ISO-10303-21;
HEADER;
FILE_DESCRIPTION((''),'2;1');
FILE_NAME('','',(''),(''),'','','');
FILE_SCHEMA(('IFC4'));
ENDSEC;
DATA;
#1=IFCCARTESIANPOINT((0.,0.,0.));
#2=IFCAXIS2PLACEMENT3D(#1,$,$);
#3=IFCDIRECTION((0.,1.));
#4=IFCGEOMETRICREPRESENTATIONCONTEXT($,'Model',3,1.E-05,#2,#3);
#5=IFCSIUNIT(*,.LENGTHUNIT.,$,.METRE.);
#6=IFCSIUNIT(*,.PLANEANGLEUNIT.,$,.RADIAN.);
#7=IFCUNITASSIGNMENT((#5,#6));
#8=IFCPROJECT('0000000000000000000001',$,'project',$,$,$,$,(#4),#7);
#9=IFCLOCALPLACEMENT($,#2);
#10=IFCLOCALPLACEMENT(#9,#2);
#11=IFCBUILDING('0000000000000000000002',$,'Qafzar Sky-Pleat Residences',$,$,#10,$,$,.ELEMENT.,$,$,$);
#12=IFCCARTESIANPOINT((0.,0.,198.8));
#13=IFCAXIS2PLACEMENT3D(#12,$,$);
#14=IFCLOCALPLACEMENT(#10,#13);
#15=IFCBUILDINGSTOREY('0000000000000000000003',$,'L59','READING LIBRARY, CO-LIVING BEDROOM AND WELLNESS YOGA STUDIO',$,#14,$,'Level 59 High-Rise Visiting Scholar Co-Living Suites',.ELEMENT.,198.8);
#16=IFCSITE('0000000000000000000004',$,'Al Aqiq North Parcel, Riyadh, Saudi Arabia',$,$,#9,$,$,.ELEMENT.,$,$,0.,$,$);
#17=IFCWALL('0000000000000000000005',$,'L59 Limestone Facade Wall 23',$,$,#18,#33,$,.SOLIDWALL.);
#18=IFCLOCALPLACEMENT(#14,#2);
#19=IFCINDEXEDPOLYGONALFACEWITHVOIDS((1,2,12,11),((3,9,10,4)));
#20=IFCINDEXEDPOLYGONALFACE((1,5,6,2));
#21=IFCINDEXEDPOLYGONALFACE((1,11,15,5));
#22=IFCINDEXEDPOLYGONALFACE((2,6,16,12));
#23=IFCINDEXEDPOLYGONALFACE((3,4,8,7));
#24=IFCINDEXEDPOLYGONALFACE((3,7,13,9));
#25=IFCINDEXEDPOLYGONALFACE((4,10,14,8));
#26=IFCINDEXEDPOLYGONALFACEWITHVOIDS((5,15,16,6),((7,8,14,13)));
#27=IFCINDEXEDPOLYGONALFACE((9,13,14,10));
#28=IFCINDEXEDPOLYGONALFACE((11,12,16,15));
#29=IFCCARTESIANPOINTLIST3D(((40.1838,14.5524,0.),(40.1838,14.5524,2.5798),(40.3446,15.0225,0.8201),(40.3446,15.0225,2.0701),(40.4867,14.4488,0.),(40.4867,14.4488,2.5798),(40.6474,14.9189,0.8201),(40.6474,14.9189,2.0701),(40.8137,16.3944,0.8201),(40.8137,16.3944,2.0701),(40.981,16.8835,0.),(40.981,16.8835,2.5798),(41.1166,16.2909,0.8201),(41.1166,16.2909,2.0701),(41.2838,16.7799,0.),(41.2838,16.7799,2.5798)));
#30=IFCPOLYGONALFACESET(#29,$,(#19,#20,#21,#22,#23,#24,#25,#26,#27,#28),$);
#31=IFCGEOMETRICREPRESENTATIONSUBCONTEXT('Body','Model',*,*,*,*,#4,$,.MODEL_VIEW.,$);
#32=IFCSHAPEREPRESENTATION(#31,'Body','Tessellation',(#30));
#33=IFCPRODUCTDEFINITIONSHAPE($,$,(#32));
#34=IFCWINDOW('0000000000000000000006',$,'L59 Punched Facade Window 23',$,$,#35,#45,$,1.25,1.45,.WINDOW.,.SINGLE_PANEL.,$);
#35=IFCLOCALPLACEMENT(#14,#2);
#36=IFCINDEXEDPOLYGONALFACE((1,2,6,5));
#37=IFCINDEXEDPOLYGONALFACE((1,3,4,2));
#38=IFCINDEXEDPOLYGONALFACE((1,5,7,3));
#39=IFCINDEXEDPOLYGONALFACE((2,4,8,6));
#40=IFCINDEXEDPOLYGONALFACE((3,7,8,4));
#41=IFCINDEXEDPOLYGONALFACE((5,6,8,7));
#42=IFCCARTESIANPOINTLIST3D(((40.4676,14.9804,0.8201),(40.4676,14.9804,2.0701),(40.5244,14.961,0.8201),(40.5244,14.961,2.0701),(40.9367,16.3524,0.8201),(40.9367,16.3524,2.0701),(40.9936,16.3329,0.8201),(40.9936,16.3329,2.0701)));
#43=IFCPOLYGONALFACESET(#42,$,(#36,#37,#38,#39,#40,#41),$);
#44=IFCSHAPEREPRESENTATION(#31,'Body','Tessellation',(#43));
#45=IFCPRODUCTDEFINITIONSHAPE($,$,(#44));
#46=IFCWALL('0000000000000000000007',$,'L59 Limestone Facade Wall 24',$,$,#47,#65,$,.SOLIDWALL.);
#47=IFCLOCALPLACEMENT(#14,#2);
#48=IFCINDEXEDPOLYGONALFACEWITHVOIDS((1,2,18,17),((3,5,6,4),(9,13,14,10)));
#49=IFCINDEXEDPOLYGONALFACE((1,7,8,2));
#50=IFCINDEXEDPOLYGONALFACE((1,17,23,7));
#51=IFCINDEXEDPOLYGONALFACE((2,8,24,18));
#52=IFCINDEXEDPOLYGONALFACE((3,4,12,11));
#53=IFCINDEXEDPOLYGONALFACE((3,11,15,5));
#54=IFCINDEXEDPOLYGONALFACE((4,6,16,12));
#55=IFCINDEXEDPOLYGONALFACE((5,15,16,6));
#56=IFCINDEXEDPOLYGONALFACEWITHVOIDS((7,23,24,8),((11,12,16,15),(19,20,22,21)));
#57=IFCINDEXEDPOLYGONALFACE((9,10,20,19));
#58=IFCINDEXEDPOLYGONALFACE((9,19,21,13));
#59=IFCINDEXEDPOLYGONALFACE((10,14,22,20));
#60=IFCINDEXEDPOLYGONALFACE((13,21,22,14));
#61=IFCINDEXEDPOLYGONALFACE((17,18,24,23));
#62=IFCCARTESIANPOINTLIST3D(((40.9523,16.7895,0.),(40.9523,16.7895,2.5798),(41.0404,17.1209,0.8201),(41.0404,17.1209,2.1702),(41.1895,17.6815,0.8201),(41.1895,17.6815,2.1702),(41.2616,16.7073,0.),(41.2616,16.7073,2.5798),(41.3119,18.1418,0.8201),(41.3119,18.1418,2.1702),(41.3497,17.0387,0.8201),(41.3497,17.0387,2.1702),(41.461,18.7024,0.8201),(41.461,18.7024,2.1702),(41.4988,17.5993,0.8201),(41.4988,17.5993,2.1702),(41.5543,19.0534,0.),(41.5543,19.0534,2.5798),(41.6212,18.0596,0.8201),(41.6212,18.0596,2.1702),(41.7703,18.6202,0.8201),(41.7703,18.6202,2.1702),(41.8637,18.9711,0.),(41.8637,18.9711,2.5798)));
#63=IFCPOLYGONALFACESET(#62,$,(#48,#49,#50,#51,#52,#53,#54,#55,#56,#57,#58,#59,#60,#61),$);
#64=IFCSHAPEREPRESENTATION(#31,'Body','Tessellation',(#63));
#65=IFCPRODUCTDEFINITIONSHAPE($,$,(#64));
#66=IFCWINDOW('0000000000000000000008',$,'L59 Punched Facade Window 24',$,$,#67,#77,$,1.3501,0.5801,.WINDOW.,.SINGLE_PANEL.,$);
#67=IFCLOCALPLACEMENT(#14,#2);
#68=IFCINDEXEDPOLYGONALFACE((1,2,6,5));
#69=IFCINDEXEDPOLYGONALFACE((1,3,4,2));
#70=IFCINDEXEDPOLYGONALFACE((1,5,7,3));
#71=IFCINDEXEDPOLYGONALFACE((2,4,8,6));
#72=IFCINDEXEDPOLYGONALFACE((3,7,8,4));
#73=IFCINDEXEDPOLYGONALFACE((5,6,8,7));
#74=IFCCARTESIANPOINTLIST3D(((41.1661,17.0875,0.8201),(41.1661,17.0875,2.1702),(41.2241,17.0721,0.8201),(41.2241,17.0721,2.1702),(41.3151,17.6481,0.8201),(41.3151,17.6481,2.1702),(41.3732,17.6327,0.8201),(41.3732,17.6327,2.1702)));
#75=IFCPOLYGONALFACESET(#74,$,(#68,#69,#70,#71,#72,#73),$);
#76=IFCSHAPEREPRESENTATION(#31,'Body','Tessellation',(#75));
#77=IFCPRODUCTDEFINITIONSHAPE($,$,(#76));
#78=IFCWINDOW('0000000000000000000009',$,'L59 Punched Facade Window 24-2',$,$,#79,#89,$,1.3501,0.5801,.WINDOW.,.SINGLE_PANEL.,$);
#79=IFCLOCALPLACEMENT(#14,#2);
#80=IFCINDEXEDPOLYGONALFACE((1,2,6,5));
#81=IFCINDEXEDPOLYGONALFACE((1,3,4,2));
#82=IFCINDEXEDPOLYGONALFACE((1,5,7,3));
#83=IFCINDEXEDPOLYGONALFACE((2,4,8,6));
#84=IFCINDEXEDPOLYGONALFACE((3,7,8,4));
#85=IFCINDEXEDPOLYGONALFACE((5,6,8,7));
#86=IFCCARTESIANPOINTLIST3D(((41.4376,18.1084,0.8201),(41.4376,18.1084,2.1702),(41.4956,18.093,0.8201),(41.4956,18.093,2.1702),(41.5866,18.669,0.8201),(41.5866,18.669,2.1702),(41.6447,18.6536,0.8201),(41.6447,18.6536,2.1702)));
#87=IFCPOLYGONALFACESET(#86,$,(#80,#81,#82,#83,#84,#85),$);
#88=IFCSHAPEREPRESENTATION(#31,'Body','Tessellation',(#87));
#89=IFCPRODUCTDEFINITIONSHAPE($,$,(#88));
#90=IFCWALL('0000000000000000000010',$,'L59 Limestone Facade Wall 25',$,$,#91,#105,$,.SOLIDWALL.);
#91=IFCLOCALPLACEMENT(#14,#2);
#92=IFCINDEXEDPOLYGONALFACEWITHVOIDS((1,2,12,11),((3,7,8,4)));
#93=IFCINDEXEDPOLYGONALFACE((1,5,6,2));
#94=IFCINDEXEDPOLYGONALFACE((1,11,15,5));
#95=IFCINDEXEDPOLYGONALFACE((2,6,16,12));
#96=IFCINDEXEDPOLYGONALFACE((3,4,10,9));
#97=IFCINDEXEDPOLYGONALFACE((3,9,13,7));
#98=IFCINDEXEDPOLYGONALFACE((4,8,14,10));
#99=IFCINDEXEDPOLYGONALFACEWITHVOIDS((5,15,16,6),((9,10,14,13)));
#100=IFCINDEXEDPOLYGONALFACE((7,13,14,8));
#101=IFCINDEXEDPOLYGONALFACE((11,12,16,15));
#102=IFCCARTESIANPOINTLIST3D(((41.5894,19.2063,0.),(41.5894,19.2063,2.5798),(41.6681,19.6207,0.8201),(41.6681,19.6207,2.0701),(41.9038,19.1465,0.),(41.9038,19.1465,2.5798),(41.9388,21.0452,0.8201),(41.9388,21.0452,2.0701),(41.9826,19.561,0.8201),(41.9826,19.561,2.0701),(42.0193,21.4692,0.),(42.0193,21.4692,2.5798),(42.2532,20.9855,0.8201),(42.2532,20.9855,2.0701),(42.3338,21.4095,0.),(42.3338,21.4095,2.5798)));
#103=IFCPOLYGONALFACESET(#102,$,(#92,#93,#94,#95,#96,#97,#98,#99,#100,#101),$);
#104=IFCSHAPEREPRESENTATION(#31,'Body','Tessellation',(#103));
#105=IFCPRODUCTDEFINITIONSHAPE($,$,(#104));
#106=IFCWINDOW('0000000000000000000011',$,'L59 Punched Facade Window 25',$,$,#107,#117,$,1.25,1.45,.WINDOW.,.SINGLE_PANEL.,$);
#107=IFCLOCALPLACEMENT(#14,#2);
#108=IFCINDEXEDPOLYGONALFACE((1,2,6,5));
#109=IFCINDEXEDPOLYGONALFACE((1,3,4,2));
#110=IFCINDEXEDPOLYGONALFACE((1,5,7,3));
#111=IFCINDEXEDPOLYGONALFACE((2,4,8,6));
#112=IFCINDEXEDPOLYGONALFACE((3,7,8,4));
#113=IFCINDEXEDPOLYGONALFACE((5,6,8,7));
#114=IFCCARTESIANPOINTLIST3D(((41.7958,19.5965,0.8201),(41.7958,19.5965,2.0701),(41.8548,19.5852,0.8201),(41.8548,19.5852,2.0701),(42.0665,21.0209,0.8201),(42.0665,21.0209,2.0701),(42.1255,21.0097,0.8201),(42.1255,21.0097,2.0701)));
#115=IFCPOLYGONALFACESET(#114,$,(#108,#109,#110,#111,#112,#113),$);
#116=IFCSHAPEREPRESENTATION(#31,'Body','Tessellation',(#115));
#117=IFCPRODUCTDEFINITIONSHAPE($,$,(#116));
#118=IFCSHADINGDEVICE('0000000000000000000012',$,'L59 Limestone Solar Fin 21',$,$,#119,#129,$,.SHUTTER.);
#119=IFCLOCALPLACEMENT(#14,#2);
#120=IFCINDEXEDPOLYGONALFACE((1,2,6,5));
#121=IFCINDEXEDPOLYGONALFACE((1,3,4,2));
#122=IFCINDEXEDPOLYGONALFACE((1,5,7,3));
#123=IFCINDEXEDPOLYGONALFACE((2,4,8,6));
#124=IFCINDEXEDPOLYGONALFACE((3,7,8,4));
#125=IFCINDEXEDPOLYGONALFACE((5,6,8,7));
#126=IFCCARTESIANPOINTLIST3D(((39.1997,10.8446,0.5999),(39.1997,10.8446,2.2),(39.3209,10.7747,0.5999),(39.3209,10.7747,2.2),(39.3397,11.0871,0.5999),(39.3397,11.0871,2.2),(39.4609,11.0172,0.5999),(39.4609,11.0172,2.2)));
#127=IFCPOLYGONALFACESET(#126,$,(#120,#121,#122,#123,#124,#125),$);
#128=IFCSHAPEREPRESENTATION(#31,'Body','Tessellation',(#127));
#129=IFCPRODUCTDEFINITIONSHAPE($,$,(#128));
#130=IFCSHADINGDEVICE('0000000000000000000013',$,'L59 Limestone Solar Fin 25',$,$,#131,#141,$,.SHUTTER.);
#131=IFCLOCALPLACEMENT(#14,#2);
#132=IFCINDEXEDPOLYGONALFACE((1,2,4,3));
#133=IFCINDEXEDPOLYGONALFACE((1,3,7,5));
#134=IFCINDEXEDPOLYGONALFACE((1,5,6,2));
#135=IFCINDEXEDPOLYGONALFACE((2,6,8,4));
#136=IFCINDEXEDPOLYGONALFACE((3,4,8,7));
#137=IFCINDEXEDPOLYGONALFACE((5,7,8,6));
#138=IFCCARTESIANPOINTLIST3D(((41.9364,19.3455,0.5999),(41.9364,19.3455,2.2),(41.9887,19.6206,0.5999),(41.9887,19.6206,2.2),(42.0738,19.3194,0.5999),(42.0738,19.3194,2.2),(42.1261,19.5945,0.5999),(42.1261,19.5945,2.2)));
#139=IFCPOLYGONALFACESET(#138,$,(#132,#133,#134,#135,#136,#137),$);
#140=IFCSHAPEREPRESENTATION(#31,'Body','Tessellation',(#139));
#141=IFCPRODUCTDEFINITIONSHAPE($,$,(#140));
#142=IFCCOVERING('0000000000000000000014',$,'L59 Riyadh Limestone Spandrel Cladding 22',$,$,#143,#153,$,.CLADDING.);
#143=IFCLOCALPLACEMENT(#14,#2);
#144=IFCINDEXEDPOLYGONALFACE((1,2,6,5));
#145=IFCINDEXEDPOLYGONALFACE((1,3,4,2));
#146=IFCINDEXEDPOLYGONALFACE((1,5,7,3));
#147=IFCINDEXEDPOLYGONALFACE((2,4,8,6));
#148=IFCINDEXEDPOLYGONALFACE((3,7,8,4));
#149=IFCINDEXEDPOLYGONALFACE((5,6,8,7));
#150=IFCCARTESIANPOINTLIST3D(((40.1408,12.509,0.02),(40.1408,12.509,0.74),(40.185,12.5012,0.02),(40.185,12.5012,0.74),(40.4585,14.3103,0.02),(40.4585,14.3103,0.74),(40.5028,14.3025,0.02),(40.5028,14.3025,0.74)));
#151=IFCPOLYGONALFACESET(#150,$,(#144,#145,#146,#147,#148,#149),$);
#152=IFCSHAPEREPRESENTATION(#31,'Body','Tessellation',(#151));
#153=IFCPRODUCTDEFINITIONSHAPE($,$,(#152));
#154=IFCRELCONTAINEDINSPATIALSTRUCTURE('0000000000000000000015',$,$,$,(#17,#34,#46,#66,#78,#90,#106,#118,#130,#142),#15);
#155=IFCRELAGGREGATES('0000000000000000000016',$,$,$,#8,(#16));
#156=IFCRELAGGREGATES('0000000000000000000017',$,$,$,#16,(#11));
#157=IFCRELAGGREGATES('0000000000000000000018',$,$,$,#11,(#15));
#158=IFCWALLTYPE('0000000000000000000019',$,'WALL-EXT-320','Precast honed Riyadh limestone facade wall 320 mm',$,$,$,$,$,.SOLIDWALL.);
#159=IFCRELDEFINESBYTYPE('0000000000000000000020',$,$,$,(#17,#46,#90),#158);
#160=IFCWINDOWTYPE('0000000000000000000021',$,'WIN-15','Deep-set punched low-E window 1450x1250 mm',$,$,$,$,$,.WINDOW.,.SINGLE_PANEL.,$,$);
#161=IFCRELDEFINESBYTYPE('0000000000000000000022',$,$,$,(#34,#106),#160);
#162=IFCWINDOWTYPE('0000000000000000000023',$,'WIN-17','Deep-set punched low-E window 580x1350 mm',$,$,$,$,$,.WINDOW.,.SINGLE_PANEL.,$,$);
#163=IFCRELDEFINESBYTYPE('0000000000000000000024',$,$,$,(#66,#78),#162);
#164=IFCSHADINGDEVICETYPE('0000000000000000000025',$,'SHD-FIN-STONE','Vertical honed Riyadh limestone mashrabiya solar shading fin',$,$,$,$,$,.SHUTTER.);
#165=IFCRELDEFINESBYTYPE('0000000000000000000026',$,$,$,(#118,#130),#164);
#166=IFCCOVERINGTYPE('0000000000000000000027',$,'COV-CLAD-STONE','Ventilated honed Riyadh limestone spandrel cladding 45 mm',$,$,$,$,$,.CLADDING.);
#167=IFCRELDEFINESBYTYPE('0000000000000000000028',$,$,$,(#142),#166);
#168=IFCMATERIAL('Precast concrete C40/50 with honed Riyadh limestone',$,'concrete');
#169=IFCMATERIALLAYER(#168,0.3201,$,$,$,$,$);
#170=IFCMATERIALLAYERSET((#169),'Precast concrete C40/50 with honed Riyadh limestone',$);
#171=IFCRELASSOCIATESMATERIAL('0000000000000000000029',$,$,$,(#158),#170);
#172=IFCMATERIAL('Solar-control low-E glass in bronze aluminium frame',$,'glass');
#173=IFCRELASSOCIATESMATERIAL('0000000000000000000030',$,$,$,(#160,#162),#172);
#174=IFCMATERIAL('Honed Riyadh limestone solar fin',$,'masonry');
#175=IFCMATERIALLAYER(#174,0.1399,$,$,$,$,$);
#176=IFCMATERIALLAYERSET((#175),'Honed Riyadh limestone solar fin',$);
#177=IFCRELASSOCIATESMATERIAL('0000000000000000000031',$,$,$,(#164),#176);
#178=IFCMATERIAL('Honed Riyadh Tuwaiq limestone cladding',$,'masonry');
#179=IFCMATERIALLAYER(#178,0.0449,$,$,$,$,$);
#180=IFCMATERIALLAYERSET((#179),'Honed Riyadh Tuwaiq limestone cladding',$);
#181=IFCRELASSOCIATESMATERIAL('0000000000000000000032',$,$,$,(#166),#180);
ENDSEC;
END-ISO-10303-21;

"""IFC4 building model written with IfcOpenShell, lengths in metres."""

from ifc_helpers import new_model, si_unit, direction, frame, frame_2d, origin, origin_2d, place, context, subcontext, project, spatial, rectangle, extrude, source, transform, mapped, material, layer, layer_set, type_object, element, fill, save


model = new_model("IFC4")

# Units and contexts
model_context = context("Model", 3, precision=1e-05, world=origin(), true_north=direction((0.0, 1.0)))
body_context = subcontext(model_context, "Body", "Model", "MODEL_VIEW")
ifc_project = project(units=[si_unit("LENGTHUNIT", "METRE"), si_unit("PLANEANGLEUNIT", "RADIAN")], contexts=[model_context])

# Site, building, storey
site_placement = place(None, origin())
site = spatial("IfcSite", under=ifc_project, at=site_placement, Name="Al Aqiq North Parcel, Riyadh, Saudi Arabia", CompositionType="ELEMENT", RefElevation=0.0)
building_placement = place(site_placement, origin())
building = spatial("IfcBuilding", under=site, at=building_placement, Name="Qafzar Sky-Pleat Residences", CompositionType="ELEMENT")
storey_placement = place(building_placement, frame((0.0, 0.0, 198.8)))
storey = spatial("IfcBuildingStorey", under=building, at=storey_placement, Name="L59", Description="READING LIBRARY, CO-LIVING BEDROOM AND WELLNESS YOGA STUDIO", LongName="Level 59 High-Rise Visiting Scholar Co-Living Suites", CompositionType="ELEMENT", Elevation=198.8)

# Wall, opening, window
ifc_material_1 = material(Name="Precast concrete C40/50 with honed Riyadh limestone", Category="concrete")
ifc_layer_1 = layer(ifc_material_1, 0.3201)
ifc_layer_set_1 = layer_set([ifc_layer_1], Name="Precast concrete C40/50 with honed Riyadh limestone")
wall_type_1 = type_object("IfcWallType", Name="WALL-EXT-320", Description="Precast honed Riyadh limestone facade wall 320 mm", PredefinedType="SOLIDWALL", material=ifc_layer_set_1)
ifc_material_2 = material(Name="Solar-control low-E glass in bronze aluminium frame", Category="glass")
wall_1_placement = place(storey_placement, frame((40.3352, 14.5005, 0.0), z_axis=(0.0, 0.0, 1.0), x_axis=(0.323562, 0.946207, 0.0)))
wall_1 = element("IfcWall", 1, at=wall_1_placement, inside=storey, type_object=wall_type_1, Name="L59 Limestone Facade Wall 23", PredefinedType="SOLIDWALL", context=body_context, shape_type="SweptSolid", body=[
    extrude(rectangle(XDim=2.4636, YDim=0.3201, at=frame_2d((1.2319, 0.0))), origin(), (0.0, 0.0, 1.0), 2.5798),
])
opening_1_placement = place(wall_1_placement, frame((0.4968, 0.0, 0.8201)))
opening_1 = element("IfcOpeningElement", 2, at=opening_1_placement, cuts=wall_1, PredefinedType="OPENING", context=body_context, shape_type="SweptSolid", body=[
    extrude(rectangle(XDim=1.45, YDim=1.25, at=frame_2d((0.7251, 0.625))), frame((0.0, 0.1699, 0.0), z_axis=(0.0, -1.0, 0.0), x_axis=(1.0, 0.0, 0.0)), (0.0, 0.0, 1.0), 0.3401),
])
window_type_1 = type_object("IfcWindowType", Name="WIN-15", Description="Deep-set punched low-E window 1450x1250 mm", PartitioningType="SINGLE_PANEL", PredefinedType="WINDOW", material=ifc_material_2)
shared_shape_1 = source(origin(), body_context, "Body", "SweptSolid", [
    extrude(rectangle(XDim=1.45, YDim=1.25, at=frame_2d((0.7251, 0.625))), frame((0.0, 0.03, 0.0), z_axis=(0.0, -1.0, 0.0), x_axis=(1.0, 0.0, 0.0)), (0.0, 0.0, 1.0), 0.0601),
])
window_1_placement = place(opening_1_placement, origin())
window_1 = element("IfcWindow", 3, at=window_1_placement, inside=storey, type_object=window_type_1, Name="L59 Punched Facade Window 23", OverallHeight=1.25, OverallWidth=1.45, PartitioningType="SINGLE_PANEL", PredefinedType="WINDOW", context=body_context, shape_type="MappedRepresentation", body=[
    mapped(shared_shape_1, transform((0.0, 0.0, 0.0), x_axis=(1.0, 0.0, 0.0), y_axis=(0.0, 1.0, 0.0), z_axis=(0.0, 0.0, 1.0), scale=1.0)),
])
fill(opening_1, window_1)

# Wall, openings, windows
wall_2_placement = place(storey_placement, frame((41.1069, 16.7483, 0.0), z_axis=(0.0, 0.0, 1.0), x_axis=(0.257001, 0.966411, 0.0)))
wall_2 = element("IfcWall", 4, at=wall_2_placement, inside=storey, type_object=wall_type_1, Name="L59 Limestone Facade Wall 24", PredefinedType="SOLIDWALL", context=body_context, shape_type="SweptSolid", body=[
    extrude(rectangle(XDim=2.3425, YDim=0.3201, at=frame_2d((1.1714, 0.0))), origin(), (0.0, 0.0, 1.0), 2.5798),
])
opening_2_placement = place(wall_2_placement, frame((0.343, 0.0, 0.8201)))
opening_2 = element("IfcOpeningElement", 5, at=opening_2_placement, cuts=wall_2, PredefinedType="OPENING", context=body_context, shape_type="SweptSolid", body=[
    extrude(rectangle(XDim=0.5801, YDim=1.3501, at=frame_2d((0.29, 0.675))), frame((0.0, 0.1699, 0.0), z_axis=(0.0, -1.0, 0.0), x_axis=(1.0, 0.0, 0.0)), (0.0, 0.0, 1.0), 0.3401),
])
opening_3_placement = place(wall_2_placement, frame((1.3994, 0.0, 0.8201)))
opening_3 = element("IfcOpeningElement", 6, at=opening_3_placement, cuts=wall_2, PredefinedType="OPENING", context=body_context, shape_type="SweptSolid", body=[
    extrude(rectangle(XDim=0.5801, YDim=1.3501, at=frame_2d((0.29, 0.675))), frame((0.0, 0.1699, 0.0), z_axis=(0.0, -1.0, 0.0), x_axis=(1.0, 0.0, 0.0)), (0.0, 0.0, 1.0), 0.3401),
])
window_type_2 = type_object("IfcWindowType", Name="WIN-17", Description="Deep-set punched low-E window 580x1350 mm", PartitioningType="SINGLE_PANEL", PredefinedType="WINDOW", material=ifc_material_2)
shared_shape_2 = source(origin(), body_context, "Body", "SweptSolid", [
    extrude(rectangle(XDim=0.5801, YDim=1.3501, at=frame_2d((0.29, 0.675))), frame((0.0, 0.03, 0.0), z_axis=(0.0, -1.0, 0.0), x_axis=(1.0, 0.0, 0.0)), (0.0, 0.0, 1.0), 0.0601),
])
window_2_placement = place(opening_2_placement, origin())
window_2 = element("IfcWindow", 7, at=window_2_placement, inside=storey, type_object=window_type_2, Name="L59 Punched Facade Window 24", OverallHeight=1.3501, OverallWidth=0.5801, PartitioningType="SINGLE_PANEL", PredefinedType="WINDOW", context=body_context, shape_type="MappedRepresentation", body=[
    mapped(shared_shape_2, transform((0.0, 0.0, 0.0), x_axis=(1.0, 0.0, 0.0), y_axis=(0.0, 1.0, 0.0), z_axis=(0.0, 0.0, 1.0), scale=1.0)),
])
fill(opening_2, window_2)
window_3_placement = place(opening_3_placement, origin())
window_3 = element("IfcWindow", 8, at=window_3_placement, inside=storey, type_object=window_type_2, Name="L59 Punched Facade Window 24-2", OverallHeight=1.3501, OverallWidth=0.5801, PartitioningType="SINGLE_PANEL", PredefinedType="WINDOW", context=body_context, shape_type="MappedRepresentation", body=[
    mapped(shared_shape_2, transform((0.0, 0.0, 0.0), x_axis=(1.0, 0.0, 0.0), y_axis=(0.0, 1.0, 0.0), z_axis=(0.0, 0.0, 1.0), scale=1.0)),
])
fill(opening_3, window_3)

# Wall, opening, window
wall_3_placement = place(storey_placement, frame((41.7466, 19.1763, 0.0), z_axis=(0.0, 0.0, 1.0), x_axis=(0.186649, 0.982427, 0.0)))
wall_3 = element("IfcWall", 9, at=wall_3_placement, inside=storey, type_object=wall_type_1, Name="L59 Limestone Facade Wall 25", PredefinedType="SOLIDWALL", context=body_context, shape_type="SweptSolid", body=[
    extrude(rectangle(XDim=2.3035, YDim=0.3201, at=frame_2d((1.1519, 0.0))), origin(), (0.0, 0.0, 1.0), 2.5798),
])
opening_4_placement = place(wall_3_placement, frame((0.4219, 0.0, 0.8201)))
opening_4 = element("IfcOpeningElement", 10, at=opening_4_placement, cuts=wall_3, PredefinedType="OPENING", context=body_context, shape_type="SweptSolid", body=[
    extrude(rectangle(XDim=1.45, YDim=1.25, at=frame_2d((0.7251, 0.625))), frame((0.0, 0.1699, 0.0), z_axis=(0.0, -1.0, 0.0), x_axis=(1.0, 0.0, 0.0)), (0.0, 0.0, 1.0), 0.3401),
])
window_4_placement = place(opening_4_placement, origin())
window_4 = element("IfcWindow", 11, at=window_4_placement, inside=storey, type_object=window_type_1, Name="L59 Punched Facade Window 25", OverallHeight=1.25, OverallWidth=1.45, PartitioningType="SINGLE_PANEL", PredefinedType="WINDOW", context=body_context, shape_type="MappedRepresentation", body=[
    mapped(shared_shape_1, transform((0.0, 0.0, 0.0), x_axis=(1.0, 0.0, 0.0), y_axis=(0.0, 1.0, 0.0), z_axis=(0.0, 0.0, 1.0), scale=1.0)),
])
fill(opening_4, window_4)

# Shading devices
ifc_material_3 = material(Name="Honed Riyadh limestone solar fin", Category="masonry")
ifc_layer_2 = layer(ifc_material_3, 0.1399)
ifc_layer_set_2 = layer_set([ifc_layer_2], Name="Honed Riyadh limestone solar fin")
shading_device_type = type_object("IfcShadingDeviceType", Name="SHD-FIN-STONE", Description="Vertical honed Riyadh limestone mashrabiya solar shading fin", PredefinedType="SHUTTER", material=ifc_layer_set_2)
shared_shape_3 = source(origin(), body_context, "Body", "SweptSolid", [
    extrude(rectangle(XDim=0.1399, YDim=0.28, at=origin_2d()), origin(), (0.0, 0.0, 1.0), 1.6001),
])
for number, where, z_axis, x_axis, name in (
    (12, (39.3303, 10.9309, 0.5999), (0.0, 0.0, 1.0), (0.866044, -0.499967, 0.0), "L59 Limestone Solar Fin 21"),
    (13, (42.0312, 19.47, 0.5999), (0.0, 0.0, 1.0), (0.982423, -0.186669, 0.0), "L59 Limestone Solar Fin 25"),
):
    element("IfcShadingDevice", number, at=place(storey_placement, frame(where, z_axis=z_axis, x_axis=x_axis)), inside=storey, type_object=shading_device_type, Name=name, PredefinedType="SHUTTER", context=body_context, shape_type="MappedRepresentation", body=[
        mapped(shared_shape_3, transform((0.0, 0.0, 0.0), x_axis=(1.0, 0.0, 0.0), y_axis=(0.0, 1.0, 0.0), z_axis=(0.0, 0.0, 1.0), scale=1.0)),
    ])

# Covering
ifc_material_4 = material(Name="Honed Riyadh Tuwaiq limestone cladding", Category="masonry")
ifc_layer_3 = layer(ifc_material_4, 0.0449)
ifc_layer_set_3 = layer_set([ifc_layer_3], Name="Honed Riyadh Tuwaiq limestone cladding")
covering_type = type_object("IfcCoveringType", Name="COV-CLAD-STONE", Description="Ventilated honed Riyadh limestone spandrel cladding 45 mm", PredefinedType="CLADDING", material=ifc_layer_set_3)
shared_shape_4 = source(origin(), body_context, "Body", "SweptSolid", [
    extrude(rectangle(XDim=1.8291, YDim=0.0449, at=origin_2d()), origin(), (0.0, 0.0, 1.0), 0.72),
])
covering_placement = place(storey_placement, frame((40.3218, 13.4058, 0.02), z_axis=(0.0, 0.0, 1.0), x_axis=(0.173696, 0.984799, 0.0)))
element("IfcCovering", 14, at=covering_placement, inside=storey, type_object=covering_type, Name="L59 Riyadh Limestone Spandrel Cladding 22", PredefinedType="CLADDING", context=body_context, shape_type="MappedRepresentation", body=[
    mapped(shared_shape_4, transform((0.0, 0.0, 0.0), x_axis=(1.0, 0.0, 0.0), y_axis=(0.0, 1.0, 0.0), z_axis=(0.0, 0.0, 1.0), scale=1.0)),
])

save(model, "model.ifc")
